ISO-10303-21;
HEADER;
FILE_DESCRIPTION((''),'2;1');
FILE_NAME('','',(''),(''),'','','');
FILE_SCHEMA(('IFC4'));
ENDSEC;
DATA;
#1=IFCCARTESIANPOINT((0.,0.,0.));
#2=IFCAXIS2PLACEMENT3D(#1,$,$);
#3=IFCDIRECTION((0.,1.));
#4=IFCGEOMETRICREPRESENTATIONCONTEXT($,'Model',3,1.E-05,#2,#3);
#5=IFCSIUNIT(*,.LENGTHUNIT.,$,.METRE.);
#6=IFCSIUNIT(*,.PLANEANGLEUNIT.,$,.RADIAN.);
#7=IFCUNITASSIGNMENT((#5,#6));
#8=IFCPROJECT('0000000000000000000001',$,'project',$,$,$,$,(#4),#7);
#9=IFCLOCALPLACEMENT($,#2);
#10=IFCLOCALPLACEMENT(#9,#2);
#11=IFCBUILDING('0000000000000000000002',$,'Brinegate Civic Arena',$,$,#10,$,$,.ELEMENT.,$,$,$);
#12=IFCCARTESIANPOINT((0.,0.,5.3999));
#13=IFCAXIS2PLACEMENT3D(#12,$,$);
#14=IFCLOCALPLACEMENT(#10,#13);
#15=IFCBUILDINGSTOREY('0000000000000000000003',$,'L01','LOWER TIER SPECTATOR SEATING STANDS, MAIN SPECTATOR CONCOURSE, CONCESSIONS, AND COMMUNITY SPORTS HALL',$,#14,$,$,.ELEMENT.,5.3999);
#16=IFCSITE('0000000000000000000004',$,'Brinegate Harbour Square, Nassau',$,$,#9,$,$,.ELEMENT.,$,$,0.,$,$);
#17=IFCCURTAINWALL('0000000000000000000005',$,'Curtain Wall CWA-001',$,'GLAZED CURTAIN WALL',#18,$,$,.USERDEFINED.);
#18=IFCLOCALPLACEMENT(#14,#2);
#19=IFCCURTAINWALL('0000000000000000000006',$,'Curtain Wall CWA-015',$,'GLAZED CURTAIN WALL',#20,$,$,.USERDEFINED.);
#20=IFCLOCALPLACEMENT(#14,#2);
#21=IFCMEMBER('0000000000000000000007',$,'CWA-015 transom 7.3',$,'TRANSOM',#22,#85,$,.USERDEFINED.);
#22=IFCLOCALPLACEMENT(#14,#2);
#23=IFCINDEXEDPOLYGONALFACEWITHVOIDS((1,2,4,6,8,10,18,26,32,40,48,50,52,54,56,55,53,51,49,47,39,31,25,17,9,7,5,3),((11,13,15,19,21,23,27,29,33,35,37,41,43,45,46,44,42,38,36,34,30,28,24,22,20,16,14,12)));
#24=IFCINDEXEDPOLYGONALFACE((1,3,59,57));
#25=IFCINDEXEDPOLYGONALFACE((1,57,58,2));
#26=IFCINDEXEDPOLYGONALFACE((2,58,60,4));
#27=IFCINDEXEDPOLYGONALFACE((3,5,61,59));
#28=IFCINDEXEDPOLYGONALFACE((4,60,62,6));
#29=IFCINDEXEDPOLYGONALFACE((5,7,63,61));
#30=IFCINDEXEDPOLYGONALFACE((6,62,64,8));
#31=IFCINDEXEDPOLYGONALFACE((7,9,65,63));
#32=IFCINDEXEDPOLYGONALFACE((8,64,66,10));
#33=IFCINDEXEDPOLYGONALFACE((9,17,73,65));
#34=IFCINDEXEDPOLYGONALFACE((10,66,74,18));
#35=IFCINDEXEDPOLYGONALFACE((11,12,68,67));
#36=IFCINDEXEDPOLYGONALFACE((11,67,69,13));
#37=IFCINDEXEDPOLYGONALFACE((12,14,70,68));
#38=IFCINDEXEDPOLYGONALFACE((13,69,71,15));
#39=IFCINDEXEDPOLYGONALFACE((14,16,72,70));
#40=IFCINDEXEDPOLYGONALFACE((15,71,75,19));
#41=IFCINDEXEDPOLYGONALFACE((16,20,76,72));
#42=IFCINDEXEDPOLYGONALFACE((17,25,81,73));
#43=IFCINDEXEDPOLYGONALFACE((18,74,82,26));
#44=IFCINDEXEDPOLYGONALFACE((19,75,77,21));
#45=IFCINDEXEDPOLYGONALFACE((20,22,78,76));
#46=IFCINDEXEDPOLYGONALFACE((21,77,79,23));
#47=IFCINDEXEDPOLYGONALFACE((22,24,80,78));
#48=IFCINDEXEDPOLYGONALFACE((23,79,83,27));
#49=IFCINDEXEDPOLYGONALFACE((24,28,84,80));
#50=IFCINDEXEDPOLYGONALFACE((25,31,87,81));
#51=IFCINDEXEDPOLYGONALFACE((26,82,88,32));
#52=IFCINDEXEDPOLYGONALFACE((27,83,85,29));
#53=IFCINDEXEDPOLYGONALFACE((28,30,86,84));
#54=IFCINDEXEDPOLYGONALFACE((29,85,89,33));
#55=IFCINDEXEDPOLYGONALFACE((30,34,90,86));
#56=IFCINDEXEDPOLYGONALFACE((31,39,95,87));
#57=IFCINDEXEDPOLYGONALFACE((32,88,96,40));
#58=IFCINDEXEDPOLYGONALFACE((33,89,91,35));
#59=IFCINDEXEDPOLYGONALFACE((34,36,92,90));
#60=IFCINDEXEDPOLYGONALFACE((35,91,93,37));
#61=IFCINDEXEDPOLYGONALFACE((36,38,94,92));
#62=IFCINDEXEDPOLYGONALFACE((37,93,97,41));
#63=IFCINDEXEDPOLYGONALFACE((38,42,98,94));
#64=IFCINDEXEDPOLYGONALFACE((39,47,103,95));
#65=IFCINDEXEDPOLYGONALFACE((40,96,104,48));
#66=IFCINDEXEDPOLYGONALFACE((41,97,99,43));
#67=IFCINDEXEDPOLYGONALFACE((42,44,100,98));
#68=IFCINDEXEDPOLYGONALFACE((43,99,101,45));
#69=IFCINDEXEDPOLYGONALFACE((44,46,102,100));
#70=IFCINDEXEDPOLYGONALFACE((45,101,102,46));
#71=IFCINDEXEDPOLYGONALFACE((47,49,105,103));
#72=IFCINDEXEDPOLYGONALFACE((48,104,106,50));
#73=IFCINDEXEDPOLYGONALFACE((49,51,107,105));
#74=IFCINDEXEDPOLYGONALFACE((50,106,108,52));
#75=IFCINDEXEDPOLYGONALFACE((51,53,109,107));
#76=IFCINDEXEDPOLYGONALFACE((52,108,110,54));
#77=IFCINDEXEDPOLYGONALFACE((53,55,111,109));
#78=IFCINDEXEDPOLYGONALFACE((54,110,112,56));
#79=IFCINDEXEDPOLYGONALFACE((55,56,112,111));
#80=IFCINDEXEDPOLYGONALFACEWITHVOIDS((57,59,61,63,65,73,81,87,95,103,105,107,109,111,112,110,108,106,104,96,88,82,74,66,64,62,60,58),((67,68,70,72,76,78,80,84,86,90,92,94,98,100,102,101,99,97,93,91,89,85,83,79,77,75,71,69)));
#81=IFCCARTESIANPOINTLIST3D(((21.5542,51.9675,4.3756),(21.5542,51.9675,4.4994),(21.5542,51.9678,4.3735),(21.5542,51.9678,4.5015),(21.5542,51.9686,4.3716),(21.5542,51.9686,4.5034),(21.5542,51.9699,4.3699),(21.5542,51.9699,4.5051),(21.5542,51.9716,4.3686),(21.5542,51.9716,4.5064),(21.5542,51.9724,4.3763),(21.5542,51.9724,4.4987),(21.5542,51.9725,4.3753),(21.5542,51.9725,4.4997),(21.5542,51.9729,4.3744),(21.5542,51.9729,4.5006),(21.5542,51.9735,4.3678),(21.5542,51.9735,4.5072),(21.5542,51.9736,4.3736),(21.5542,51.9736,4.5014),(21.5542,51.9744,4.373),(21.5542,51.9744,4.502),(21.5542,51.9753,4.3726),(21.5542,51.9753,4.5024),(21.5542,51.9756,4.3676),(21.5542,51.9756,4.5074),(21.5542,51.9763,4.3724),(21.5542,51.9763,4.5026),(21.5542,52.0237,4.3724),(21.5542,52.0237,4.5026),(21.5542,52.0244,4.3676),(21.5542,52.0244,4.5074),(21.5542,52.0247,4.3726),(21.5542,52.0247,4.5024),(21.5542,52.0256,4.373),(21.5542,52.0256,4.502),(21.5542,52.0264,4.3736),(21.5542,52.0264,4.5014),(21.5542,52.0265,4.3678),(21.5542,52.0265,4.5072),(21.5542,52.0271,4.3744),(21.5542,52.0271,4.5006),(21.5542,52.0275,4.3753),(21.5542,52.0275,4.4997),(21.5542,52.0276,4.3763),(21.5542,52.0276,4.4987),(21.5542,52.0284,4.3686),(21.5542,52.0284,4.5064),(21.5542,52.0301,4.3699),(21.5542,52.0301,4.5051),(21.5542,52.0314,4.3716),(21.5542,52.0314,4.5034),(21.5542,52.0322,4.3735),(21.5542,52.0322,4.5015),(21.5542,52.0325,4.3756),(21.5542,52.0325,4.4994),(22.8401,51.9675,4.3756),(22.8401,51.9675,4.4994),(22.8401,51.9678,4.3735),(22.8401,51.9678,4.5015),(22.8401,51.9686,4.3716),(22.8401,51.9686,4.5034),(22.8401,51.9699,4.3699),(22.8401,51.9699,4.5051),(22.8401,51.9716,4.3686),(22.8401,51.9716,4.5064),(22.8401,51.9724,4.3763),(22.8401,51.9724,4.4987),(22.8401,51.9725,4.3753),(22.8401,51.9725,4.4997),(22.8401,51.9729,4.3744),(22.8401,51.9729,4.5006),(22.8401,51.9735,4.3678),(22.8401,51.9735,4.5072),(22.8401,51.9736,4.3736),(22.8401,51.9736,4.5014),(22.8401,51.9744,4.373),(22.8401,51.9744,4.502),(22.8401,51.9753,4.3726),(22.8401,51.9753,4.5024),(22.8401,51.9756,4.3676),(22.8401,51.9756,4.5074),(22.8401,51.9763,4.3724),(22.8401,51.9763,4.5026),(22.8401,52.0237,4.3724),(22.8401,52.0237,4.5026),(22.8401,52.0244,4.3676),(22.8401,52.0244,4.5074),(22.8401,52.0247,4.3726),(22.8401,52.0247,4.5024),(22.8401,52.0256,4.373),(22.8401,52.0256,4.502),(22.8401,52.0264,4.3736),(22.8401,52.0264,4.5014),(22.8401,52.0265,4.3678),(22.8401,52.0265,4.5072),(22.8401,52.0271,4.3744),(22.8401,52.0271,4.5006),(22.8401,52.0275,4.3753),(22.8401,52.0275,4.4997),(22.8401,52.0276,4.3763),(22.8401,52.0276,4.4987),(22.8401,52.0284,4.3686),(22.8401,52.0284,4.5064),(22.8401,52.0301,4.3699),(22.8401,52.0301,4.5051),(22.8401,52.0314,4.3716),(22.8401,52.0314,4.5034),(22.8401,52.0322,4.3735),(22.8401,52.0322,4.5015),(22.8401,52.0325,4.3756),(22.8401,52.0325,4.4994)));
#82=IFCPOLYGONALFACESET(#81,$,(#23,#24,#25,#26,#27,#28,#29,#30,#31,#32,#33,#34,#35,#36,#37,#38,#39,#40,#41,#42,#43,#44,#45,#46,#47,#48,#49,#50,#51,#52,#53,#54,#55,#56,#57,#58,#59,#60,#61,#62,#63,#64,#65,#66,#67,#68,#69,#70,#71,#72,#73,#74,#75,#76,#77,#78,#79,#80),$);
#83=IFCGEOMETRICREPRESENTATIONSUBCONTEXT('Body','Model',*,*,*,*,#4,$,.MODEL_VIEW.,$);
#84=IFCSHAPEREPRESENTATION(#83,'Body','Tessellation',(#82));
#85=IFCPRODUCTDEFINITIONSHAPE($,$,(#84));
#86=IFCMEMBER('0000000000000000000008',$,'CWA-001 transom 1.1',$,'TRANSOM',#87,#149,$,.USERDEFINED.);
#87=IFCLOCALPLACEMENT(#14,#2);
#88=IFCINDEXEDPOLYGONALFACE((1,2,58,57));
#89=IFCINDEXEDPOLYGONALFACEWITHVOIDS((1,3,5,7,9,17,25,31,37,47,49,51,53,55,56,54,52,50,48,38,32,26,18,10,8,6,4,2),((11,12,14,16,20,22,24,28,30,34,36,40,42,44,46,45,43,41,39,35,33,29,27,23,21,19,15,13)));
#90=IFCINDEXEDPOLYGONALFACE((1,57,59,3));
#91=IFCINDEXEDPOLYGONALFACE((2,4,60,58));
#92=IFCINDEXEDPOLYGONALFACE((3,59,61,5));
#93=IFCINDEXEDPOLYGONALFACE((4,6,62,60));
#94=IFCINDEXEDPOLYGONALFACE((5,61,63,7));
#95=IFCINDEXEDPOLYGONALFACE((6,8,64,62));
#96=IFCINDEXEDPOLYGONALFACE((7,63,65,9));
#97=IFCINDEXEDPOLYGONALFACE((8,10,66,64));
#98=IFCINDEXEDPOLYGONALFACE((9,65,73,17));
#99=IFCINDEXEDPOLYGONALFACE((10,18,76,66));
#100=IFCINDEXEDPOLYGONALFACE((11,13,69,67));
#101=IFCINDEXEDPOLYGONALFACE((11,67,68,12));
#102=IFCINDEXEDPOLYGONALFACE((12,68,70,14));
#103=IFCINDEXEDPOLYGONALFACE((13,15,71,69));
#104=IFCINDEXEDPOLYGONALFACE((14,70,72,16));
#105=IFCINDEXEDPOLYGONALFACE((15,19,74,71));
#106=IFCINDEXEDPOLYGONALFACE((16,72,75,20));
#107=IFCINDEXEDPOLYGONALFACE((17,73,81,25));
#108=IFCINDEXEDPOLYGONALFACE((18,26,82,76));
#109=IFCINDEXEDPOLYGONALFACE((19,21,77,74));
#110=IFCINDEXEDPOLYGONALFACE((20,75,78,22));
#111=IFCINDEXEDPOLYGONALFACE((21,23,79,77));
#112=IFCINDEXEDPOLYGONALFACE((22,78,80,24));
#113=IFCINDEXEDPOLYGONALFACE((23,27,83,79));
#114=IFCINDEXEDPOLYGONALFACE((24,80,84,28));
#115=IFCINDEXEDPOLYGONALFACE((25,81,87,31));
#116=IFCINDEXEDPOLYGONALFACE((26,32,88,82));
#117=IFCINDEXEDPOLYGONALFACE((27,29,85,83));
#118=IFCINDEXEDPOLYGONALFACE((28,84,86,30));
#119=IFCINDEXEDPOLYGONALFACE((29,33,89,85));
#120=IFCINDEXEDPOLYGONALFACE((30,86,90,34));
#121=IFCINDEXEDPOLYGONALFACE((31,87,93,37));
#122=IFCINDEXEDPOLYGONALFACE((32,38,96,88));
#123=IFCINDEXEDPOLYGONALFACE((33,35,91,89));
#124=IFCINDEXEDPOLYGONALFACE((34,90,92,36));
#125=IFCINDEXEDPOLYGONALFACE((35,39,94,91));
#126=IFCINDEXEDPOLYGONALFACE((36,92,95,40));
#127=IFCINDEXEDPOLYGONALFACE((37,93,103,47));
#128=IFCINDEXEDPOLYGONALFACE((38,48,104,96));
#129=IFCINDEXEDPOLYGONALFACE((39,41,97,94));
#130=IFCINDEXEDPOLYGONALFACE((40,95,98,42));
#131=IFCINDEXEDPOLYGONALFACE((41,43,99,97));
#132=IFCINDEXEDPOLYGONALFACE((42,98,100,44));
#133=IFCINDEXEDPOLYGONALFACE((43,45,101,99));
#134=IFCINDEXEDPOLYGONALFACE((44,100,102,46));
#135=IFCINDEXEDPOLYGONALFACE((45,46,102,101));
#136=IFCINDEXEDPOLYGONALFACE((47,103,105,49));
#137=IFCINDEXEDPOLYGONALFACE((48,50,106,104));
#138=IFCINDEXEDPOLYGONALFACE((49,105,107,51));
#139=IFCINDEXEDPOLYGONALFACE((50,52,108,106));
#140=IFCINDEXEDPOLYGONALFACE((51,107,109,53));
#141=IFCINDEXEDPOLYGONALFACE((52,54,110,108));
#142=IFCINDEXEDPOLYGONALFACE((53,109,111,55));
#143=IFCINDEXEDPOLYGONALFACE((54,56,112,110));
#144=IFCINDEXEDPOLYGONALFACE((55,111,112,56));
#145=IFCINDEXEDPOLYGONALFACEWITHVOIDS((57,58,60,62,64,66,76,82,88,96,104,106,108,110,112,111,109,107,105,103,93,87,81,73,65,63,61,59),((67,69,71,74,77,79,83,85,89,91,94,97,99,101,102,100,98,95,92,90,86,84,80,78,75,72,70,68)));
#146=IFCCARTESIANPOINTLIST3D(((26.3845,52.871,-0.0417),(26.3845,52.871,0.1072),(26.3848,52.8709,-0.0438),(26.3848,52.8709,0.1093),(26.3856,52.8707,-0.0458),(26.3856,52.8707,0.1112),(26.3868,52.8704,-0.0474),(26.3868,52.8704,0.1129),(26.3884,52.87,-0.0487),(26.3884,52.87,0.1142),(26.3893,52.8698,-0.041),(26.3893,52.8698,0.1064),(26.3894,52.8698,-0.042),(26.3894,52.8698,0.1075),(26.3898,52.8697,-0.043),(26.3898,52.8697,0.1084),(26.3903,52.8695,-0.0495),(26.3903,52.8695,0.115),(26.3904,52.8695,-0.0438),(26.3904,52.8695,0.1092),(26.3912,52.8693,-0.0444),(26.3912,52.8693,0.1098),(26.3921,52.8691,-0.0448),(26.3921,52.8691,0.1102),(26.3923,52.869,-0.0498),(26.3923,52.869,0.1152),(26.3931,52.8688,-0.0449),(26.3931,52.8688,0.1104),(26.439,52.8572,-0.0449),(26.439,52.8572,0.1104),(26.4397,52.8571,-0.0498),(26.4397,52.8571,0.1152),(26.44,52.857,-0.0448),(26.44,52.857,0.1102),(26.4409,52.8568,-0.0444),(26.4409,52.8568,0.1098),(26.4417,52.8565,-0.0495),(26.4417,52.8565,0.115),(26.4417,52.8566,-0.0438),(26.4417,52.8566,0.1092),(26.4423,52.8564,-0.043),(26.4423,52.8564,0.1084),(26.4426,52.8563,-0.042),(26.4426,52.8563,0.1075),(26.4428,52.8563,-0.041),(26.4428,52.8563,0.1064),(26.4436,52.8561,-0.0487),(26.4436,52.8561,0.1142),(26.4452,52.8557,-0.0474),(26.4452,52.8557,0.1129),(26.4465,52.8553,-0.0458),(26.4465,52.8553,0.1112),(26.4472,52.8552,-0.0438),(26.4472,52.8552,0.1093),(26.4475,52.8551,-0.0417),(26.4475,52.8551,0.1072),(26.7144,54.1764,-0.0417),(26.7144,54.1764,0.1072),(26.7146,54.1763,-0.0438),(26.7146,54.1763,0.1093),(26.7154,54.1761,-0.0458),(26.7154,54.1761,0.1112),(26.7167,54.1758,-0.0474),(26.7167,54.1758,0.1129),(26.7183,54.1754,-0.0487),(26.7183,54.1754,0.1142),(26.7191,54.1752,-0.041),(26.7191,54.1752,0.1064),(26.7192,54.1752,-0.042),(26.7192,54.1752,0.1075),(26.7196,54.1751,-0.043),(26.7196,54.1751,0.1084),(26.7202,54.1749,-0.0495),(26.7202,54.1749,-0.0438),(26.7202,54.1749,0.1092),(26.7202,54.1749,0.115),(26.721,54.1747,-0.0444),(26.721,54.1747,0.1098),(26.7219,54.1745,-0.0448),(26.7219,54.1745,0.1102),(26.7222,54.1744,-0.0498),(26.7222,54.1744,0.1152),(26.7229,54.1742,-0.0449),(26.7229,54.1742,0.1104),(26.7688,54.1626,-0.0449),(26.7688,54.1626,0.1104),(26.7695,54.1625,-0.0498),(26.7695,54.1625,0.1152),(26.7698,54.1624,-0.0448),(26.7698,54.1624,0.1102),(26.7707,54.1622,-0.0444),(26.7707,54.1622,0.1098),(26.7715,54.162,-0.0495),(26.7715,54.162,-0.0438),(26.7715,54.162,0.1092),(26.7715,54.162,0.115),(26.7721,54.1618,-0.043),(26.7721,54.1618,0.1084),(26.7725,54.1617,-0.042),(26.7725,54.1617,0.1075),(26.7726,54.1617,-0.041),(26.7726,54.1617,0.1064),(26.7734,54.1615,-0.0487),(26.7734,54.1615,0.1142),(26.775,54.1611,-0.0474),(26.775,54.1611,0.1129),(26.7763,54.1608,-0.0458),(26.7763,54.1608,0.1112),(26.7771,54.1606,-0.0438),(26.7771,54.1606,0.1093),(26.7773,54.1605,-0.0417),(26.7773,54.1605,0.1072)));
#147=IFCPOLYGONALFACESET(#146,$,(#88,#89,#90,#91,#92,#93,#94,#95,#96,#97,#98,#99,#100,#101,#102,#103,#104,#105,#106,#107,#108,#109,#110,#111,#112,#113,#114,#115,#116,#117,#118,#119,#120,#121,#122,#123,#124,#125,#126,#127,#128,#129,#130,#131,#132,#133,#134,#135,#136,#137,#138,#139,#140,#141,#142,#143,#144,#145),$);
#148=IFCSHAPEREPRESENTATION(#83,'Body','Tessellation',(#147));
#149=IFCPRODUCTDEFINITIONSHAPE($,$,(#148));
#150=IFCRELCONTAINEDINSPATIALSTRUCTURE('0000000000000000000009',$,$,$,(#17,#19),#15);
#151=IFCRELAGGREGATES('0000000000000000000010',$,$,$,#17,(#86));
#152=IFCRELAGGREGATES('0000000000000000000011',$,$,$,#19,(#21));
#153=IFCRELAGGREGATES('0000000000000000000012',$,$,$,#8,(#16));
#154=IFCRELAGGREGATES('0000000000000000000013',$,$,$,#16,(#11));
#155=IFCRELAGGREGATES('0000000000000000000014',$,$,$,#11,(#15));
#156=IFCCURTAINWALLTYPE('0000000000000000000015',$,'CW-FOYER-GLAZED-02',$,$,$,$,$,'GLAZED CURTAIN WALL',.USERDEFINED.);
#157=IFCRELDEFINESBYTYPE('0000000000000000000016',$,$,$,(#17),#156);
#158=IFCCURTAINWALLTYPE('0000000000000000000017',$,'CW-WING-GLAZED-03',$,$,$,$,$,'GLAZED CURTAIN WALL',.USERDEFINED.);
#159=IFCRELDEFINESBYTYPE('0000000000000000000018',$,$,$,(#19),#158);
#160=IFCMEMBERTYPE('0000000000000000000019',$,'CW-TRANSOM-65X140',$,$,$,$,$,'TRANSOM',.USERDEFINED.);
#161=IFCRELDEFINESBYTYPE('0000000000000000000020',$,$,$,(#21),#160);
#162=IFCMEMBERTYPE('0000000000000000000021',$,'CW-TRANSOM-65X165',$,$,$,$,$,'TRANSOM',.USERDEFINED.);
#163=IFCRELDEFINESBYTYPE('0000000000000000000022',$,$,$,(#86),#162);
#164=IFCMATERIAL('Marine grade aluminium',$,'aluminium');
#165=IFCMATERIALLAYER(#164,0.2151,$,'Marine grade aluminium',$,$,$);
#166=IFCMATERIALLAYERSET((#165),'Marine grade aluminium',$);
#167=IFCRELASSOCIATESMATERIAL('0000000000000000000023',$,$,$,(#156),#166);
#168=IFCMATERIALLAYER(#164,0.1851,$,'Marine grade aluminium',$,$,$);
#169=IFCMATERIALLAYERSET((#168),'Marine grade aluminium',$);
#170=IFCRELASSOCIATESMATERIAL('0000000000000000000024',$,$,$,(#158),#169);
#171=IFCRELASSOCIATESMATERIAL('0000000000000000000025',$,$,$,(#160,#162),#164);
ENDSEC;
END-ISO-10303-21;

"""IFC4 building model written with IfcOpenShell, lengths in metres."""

from ifc_helpers import new_model, si_unit, direction, frame, origin, origin_2d, place, context, subcontext, project, spatial, hollow_rectangle, extrude, material, layer, layer_set, material_profile, profile_set, type_object, element, aggregate, save


model = new_model("IFC4")

# Units and contexts
model_context = context("Model", 3, precision=1e-05, world=origin(), true_north=direction((0.0, 1.0)))
body_context = subcontext(model_context, "Body", "Model", "MODEL_VIEW")
ifc_project = project(units=[si_unit("LENGTHUNIT", "METRE"), si_unit("PLANEANGLEUNIT", "RADIAN")], contexts=[model_context])

# Site, building, storey
site_placement = place(None, origin())
site = spatial("IfcSite", under=ifc_project, at=site_placement, Name="Brinegate Harbour Square, Nassau", CompositionType="ELEMENT", RefElevation=0.0)
building_placement = place(site_placement, origin())
building = spatial("IfcBuilding", under=site, at=building_placement, Name="Brinegate Civic Arena", CompositionType="ELEMENT")
storey_placement = place(building_placement, frame((0.0, 0.0, 5.3999)))
storey = spatial("IfcBuildingStorey", under=building, at=storey_placement, Name="L01", Description="LOWER TIER SPECTATOR SEATING STANDS, MAIN SPECTATOR CONCOURSE, CONCESSIONS, AND COMMUNITY SPORTS HALL", CompositionType="ELEMENT", Elevation=5.3999)

# Curtain wall
ifc_material_1 = material(Name="Marine grade aluminium", Category="aluminium")
ifc_layer_1 = layer(ifc_material_1, 0.2151, Name="Marine grade aluminium")
ifc_layer_set_1 = layer_set([ifc_layer_1], Name="Marine grade aluminium")
curtain_wall_type_1 = type_object("IfcCurtainWallType", Name="CW-FOYER-GLAZED-02", ElementType="GLAZED CURTAIN WALL", PredefinedType="USERDEFINED", material=ifc_layer_set_1)
curtain_wall_1_placement = place(storey_placement, origin())
curtain_wall_1 = element("IfcCurtainWall", 1, at=curtain_wall_1_placement, inside=storey, type_object=curtain_wall_type_1, Name="Curtain Wall CWA-001", ObjectType="GLAZED CURTAIN WALL", PredefinedType="USERDEFINED")

# Curtain wall, member
ifc_layer_2 = layer(ifc_material_1, 0.1851, Name="Marine grade aluminium")
ifc_layer_set_2 = layer_set([ifc_layer_2], Name="Marine grade aluminium")
curtain_wall_type_2 = type_object("IfcCurtainWallType", Name="CW-WING-GLAZED-03", ElementType="GLAZED CURTAIN WALL", PredefinedType="USERDEFINED", material=ifc_layer_set_2)
curtain_wall_2_placement = place(storey_placement, origin())
curtain_wall_2 = element("IfcCurtainWall", 2, at=curtain_wall_2_placement, inside=storey, type_object=curtain_wall_type_2, Name="Curtain Wall CWA-015", ObjectType="GLAZED CURTAIN WALL", PredefinedType="USERDEFINED")
ifc_material_profile_1 = material_profile(ifc_material_1, hollow_rectangle(XDim=0.0649, YDim=0.1399, WallThickness=0.0049, InnerFilletRadius=0.0039, OuterFilletRadius=0.0081, at=origin_2d()), Name="TRN65X140")
ifc_profile_set_1 = profile_set([ifc_material_profile_1], Name="Marine grade aluminium")
member_type_1 = type_object("IfcMemberType", Name="CW-TRANSOM-65X140", ElementType="TRANSOM", PredefinedType="USERDEFINED", material=ifc_profile_set_1)
member_1_placement = place(storey_placement, frame((21.5542, 52.0, 4.4375), z_axis=(1.0, 0.0, 0.0), x_axis=(0.0, 1.0, 0.0)))
member_1 = element("IfcMember", 3, at=member_1_placement, type_object=member_type_1, Name="CWA-015 transom 7.3", ObjectType="TRANSOM", PredefinedType="USERDEFINED", context=body_context, shape_type="SweptSolid", body=[
    extrude(hollow_rectangle(XDim=0.0649, YDim=0.1399, WallThickness=0.0049, InnerFilletRadius=0.0039, OuterFilletRadius=0.0081, at=origin_2d()), origin(), (0.0, 0.0, 1.0), 1.2859),
])

# Member
ifc_material_profile_2 = material_profile(ifc_material_1, hollow_rectangle(XDim=0.0649, YDim=0.165, WallThickness=0.0049, InnerFilletRadius=0.0039, OuterFilletRadius=0.0081, at=origin_2d()), Name="TRN65X165")
ifc_profile_set_2 = profile_set([ifc_material_profile_2], Name="Marine grade aluminium")
member_type_2 = type_object("IfcMemberType", Name="CW-TRANSOM-65X165", ElementType="TRANSOM", PredefinedType="USERDEFINED", material=ifc_profile_set_2)
member_2_placement = place(storey_placement, frame((26.416, 52.863, 0.0327), z_axis=(0.244967, 0.969531, 0.0), x_axis=(-0.969531, 0.244967, 0.0)))
member_2 = element("IfcMember", 4, at=member_2_placement, type_object=member_type_2, Name="CWA-001 transom 1.1", ObjectType="TRANSOM", PredefinedType="USERDEFINED", context=body_context, shape_type="SweptSolid", body=[
    extrude(hollow_rectangle(XDim=0.0649, YDim=0.165, WallThickness=0.0049, InnerFilletRadius=0.0039, OuterFilletRadius=0.0081, at=origin_2d()), origin(), (0.0, 0.0, 1.0), 1.3464),
])

aggregate(curtain_wall_1, [member_2])
aggregate(curtain_wall_2, [member_1])

save(model, "model.ifc")
